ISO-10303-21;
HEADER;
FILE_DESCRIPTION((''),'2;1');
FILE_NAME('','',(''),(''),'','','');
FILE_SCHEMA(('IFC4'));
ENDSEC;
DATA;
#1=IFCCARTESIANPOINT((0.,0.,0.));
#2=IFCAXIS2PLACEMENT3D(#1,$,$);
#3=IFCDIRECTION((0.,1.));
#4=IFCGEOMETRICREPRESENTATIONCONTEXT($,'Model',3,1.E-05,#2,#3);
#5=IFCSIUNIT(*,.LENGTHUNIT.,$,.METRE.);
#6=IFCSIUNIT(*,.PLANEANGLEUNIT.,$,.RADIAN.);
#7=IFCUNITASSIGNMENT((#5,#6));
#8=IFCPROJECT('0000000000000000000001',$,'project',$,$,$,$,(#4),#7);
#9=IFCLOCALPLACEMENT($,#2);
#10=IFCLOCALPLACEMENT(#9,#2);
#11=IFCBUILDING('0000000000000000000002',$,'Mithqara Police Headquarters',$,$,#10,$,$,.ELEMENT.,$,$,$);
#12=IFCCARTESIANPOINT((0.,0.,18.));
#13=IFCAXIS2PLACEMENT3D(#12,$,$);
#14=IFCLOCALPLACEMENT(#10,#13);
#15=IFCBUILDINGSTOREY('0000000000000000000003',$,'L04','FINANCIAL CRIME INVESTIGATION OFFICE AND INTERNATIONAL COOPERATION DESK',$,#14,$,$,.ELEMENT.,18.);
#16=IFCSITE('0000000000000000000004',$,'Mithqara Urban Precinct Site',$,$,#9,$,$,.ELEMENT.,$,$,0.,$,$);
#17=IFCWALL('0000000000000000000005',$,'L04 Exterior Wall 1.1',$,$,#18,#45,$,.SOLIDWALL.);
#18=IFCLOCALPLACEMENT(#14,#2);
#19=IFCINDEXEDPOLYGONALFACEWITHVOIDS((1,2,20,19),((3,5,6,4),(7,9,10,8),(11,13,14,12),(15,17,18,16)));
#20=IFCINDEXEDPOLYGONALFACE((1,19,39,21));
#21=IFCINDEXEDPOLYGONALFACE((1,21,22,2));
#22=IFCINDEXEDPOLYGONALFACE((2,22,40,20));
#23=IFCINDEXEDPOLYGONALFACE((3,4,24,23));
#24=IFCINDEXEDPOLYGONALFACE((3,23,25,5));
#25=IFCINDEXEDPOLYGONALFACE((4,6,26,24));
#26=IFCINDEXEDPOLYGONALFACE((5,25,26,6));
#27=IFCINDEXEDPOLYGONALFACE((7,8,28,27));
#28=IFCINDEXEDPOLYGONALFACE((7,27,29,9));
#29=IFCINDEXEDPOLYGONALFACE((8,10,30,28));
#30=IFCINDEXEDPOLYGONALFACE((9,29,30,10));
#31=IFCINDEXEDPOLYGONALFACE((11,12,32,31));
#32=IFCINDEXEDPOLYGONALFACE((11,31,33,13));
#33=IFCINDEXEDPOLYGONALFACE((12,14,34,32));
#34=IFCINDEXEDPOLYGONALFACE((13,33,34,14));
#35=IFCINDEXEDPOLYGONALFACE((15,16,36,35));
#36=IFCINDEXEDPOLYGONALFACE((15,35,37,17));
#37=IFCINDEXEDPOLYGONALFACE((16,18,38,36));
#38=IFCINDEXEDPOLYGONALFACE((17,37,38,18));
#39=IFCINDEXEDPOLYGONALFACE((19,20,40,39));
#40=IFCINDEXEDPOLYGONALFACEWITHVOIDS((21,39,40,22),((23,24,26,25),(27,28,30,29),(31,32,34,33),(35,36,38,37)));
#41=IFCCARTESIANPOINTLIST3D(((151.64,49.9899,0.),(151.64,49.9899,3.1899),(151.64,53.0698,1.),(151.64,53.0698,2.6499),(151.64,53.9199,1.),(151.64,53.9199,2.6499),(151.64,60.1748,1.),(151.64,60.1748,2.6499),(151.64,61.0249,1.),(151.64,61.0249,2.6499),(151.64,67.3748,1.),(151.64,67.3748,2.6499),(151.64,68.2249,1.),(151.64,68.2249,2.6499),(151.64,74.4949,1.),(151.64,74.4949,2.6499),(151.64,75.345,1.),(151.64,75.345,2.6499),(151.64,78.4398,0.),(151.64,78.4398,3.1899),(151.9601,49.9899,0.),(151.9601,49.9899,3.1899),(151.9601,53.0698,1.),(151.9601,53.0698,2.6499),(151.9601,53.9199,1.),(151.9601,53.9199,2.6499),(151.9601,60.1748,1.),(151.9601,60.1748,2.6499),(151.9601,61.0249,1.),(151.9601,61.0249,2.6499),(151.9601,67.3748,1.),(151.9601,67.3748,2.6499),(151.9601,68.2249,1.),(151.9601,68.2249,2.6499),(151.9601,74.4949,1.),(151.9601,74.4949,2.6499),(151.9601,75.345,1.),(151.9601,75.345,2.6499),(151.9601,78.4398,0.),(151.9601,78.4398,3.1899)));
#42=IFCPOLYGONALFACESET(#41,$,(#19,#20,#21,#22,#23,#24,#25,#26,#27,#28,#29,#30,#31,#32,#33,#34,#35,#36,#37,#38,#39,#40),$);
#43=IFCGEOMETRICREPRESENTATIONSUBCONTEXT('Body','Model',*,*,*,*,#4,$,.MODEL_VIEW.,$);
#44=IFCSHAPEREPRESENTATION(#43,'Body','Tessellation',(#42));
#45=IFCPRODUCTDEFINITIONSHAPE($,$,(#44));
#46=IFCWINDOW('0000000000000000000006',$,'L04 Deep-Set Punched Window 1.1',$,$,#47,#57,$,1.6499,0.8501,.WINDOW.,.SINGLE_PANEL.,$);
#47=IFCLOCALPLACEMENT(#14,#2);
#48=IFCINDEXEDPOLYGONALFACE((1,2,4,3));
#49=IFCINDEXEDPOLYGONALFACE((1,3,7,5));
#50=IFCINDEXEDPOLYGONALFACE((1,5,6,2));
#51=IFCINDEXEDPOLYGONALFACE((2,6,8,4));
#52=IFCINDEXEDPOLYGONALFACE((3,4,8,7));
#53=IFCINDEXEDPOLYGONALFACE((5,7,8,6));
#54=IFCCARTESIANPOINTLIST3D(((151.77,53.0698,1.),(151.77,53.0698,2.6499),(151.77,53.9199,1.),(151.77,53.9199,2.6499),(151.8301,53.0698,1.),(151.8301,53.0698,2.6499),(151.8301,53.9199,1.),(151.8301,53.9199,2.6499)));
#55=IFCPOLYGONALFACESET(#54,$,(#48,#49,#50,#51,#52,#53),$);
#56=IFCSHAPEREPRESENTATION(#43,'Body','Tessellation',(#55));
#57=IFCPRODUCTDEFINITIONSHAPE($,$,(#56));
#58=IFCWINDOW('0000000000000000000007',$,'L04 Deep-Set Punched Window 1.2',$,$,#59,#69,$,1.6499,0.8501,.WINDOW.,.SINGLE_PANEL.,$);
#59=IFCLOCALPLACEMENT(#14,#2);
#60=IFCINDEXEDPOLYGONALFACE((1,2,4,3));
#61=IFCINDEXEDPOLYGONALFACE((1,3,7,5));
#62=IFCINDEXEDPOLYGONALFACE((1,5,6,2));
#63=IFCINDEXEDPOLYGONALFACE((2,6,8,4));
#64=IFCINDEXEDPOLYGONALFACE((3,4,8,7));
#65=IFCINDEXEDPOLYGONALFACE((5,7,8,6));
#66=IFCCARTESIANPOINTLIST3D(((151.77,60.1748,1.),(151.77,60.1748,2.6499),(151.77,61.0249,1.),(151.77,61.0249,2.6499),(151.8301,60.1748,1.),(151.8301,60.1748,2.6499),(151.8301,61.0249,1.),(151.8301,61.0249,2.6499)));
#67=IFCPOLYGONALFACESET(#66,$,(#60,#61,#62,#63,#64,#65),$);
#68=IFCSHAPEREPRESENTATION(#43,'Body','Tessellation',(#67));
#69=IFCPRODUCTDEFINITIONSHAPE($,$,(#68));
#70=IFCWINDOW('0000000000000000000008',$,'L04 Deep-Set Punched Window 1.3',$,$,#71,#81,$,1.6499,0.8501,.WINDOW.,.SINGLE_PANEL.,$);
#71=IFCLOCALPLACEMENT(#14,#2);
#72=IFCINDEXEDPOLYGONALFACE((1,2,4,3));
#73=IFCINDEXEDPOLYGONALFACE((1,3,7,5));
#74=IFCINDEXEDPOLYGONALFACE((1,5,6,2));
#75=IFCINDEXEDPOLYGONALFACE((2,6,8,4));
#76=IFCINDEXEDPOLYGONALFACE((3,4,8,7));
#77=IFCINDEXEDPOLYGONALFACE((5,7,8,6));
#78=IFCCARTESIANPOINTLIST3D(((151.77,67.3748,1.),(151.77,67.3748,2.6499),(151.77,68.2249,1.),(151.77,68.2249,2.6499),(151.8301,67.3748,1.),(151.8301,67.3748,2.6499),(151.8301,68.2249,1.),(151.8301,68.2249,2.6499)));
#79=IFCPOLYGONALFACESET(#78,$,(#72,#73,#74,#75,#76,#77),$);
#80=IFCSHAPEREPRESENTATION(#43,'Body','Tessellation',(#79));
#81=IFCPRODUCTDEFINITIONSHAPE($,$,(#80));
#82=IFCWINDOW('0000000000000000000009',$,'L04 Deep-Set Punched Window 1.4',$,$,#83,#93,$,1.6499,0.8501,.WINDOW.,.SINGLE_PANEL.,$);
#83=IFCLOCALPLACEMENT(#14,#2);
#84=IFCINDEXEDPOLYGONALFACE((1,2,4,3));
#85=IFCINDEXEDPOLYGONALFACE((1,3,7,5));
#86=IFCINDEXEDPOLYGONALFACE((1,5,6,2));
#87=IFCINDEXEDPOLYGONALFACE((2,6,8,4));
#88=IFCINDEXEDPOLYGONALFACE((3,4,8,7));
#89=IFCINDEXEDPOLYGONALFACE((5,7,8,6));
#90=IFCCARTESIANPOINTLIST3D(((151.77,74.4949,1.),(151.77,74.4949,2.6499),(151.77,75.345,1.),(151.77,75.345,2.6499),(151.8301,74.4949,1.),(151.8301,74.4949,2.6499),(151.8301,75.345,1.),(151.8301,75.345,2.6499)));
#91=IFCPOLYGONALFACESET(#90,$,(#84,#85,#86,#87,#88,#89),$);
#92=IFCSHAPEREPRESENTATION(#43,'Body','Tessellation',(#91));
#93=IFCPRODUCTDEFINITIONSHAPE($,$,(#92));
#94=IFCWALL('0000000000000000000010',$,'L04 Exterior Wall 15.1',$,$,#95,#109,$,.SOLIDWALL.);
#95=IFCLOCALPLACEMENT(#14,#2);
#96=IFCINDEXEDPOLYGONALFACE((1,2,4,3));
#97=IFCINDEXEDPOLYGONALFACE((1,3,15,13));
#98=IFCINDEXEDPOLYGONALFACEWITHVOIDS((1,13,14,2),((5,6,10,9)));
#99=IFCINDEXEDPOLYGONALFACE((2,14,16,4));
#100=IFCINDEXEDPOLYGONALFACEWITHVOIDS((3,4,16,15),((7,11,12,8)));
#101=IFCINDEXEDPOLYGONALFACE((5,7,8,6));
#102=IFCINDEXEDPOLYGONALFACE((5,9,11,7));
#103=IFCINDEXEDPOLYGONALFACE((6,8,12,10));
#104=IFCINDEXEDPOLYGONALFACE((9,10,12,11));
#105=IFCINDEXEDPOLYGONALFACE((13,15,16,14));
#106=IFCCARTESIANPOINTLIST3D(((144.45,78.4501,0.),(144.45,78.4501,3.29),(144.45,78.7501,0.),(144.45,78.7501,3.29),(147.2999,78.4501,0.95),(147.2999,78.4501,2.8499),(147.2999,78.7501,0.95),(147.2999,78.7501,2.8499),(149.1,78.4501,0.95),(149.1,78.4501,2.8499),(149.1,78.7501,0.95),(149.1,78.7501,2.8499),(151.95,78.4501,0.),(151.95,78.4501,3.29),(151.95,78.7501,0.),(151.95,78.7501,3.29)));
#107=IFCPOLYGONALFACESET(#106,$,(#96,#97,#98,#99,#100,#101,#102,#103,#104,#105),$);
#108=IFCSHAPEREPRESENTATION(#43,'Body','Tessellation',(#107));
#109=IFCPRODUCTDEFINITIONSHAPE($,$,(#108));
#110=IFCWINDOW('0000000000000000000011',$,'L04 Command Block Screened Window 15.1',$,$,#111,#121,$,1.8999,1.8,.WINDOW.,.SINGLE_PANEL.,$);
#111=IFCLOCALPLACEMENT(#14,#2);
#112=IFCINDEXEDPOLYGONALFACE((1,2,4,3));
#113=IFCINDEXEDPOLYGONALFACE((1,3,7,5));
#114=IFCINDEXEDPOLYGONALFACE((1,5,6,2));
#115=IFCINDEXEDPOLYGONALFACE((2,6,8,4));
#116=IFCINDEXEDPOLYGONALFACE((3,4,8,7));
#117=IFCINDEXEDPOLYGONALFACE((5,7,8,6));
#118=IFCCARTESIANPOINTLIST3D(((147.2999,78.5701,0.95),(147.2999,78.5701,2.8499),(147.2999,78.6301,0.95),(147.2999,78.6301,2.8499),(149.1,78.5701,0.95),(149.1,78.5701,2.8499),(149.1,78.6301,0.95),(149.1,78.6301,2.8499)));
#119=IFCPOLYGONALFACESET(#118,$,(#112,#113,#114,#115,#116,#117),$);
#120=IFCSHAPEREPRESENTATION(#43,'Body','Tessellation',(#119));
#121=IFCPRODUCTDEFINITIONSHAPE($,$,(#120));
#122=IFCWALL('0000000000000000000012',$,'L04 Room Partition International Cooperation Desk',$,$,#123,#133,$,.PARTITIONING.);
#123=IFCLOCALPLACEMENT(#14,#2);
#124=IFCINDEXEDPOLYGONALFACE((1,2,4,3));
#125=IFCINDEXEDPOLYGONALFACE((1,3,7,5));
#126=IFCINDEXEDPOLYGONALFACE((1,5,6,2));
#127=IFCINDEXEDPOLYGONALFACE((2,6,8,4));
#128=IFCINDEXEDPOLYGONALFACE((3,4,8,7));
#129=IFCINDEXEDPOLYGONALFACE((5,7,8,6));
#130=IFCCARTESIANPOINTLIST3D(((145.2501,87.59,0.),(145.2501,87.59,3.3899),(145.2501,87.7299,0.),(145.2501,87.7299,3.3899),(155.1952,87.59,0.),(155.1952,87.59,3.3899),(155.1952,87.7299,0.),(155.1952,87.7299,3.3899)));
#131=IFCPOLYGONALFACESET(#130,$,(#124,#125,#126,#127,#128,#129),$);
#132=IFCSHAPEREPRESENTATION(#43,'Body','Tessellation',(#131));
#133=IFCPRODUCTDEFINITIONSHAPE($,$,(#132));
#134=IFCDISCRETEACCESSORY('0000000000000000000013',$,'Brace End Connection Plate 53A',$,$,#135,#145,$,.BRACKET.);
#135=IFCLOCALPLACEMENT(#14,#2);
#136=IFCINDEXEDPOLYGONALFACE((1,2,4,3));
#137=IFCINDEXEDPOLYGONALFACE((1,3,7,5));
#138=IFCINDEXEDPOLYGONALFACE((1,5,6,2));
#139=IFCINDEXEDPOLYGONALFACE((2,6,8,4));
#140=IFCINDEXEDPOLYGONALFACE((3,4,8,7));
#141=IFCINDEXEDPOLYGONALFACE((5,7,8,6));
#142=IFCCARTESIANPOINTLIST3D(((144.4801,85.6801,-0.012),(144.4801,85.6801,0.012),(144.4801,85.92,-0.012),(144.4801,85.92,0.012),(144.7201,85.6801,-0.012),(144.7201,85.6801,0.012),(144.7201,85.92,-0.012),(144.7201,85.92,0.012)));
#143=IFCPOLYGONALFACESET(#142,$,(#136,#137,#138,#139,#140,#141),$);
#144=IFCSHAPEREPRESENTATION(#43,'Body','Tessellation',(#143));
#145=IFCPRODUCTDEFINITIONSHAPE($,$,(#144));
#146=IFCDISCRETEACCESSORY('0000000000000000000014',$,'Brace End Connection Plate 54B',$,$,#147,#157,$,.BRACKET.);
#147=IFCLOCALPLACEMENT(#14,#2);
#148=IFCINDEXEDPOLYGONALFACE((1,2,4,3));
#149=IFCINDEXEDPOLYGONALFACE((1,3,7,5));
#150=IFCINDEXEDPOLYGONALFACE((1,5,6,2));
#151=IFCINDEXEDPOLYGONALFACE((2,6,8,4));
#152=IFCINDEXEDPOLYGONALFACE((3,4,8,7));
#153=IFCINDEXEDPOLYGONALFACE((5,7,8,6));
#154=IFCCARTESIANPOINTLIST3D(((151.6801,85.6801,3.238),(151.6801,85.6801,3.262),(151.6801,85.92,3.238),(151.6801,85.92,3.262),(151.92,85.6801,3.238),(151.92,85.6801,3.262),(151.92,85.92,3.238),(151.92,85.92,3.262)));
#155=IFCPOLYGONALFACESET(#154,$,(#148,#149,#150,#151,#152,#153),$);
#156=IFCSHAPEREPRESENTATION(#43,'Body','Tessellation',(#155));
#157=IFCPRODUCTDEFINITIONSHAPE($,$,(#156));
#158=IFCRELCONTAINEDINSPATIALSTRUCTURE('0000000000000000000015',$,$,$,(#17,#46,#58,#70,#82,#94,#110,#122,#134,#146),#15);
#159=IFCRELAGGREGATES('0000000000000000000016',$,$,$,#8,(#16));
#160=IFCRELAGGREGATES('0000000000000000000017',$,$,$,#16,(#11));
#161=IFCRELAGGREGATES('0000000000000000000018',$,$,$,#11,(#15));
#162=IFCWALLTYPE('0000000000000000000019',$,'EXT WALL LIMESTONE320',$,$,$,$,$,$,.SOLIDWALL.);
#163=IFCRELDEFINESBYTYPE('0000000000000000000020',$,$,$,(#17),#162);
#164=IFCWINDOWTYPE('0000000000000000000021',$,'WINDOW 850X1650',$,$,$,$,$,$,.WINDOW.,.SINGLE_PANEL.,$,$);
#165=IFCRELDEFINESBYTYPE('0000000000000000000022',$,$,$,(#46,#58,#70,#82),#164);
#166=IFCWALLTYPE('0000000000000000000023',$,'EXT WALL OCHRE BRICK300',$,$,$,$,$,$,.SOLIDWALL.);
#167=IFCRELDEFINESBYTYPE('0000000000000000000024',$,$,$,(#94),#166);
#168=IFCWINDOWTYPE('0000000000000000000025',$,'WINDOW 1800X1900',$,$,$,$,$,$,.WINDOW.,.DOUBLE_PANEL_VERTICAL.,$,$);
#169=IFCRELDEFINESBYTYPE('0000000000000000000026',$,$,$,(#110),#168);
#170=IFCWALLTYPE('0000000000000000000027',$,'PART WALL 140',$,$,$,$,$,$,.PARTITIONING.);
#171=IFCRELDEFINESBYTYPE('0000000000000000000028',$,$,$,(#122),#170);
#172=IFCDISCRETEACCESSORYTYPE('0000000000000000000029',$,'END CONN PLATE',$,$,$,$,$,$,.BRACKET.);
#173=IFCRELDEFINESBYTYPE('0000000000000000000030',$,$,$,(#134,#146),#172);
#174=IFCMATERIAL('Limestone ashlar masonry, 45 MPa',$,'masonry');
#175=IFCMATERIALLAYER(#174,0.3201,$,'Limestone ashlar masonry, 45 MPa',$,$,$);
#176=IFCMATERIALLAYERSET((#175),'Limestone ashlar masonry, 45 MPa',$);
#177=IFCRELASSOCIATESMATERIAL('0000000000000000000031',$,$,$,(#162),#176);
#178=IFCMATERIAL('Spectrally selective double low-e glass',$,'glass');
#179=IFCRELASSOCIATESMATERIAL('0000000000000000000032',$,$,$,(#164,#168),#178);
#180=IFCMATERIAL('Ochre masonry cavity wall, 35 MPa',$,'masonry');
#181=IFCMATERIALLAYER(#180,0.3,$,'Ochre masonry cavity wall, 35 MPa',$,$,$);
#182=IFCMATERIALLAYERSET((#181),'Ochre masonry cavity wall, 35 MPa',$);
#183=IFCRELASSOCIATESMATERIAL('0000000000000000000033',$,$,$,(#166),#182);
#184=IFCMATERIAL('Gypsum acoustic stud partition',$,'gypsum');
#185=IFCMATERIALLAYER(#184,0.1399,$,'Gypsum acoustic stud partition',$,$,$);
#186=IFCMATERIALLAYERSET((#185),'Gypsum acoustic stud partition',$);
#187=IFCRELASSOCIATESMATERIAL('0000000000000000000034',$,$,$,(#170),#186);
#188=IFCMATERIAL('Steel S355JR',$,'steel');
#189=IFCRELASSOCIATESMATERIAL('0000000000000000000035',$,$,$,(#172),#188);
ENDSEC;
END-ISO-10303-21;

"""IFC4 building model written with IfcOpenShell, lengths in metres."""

from ifc_helpers import new_model, si_unit, direction, frame, frame_2d, origin, origin_2d, place, context, subcontext, project, spatial, rectangle, extrude, material, layer, layer_set, type_object, element, fill, save


model = new_model("IFC4")

# Units and contexts
model_context = context("Model", 3, precision=1e-05, world=origin(), true_north=direction((0.0, 1.0)))
body_context = subcontext(model_context, "Body", "Model", "MODEL_VIEW")
ifc_project = project(units=[si_unit("LENGTHUNIT", "METRE"), si_unit("PLANEANGLEUNIT", "RADIAN")], contexts=[model_context])

# Site, building, storey
site_placement = place(None, origin())
site = spatial("IfcSite", under=ifc_project, at=site_placement, Name="Mithqara Urban Precinct Site", CompositionType="ELEMENT", RefElevation=0.0)
building_placement = place(site_placement, origin())
building = spatial("IfcBuilding", under=site, at=building_placement, Name="Mithqara Police Headquarters", CompositionType="ELEMENT")
storey_placement = place(building_placement, frame((0.0, 0.0, 18.0)))
storey = spatial("IfcBuildingStorey", under=building, at=storey_placement, Name="L04", Description="FINANCIAL CRIME INVESTIGATION OFFICE AND INTERNATIONAL COOPERATION DESK", CompositionType="ELEMENT", Elevation=18.0)

# Shared definitions
ifc_material_1 = material(Name="Steel S355JR", Category="steel")

# Wall, openings, windows
ifc_material_2 = material(Name="Limestone ashlar masonry, 45 MPa", Category="masonry")
ifc_layer_1 = layer(ifc_material_2, 0.3201, Name="Limestone ashlar masonry, 45 MPa")
ifc_layer_set_1 = layer_set([ifc_layer_1], Name="Limestone ashlar masonry, 45 MPa")
wall_type_1 = type_object("IfcWallType", Name="EXT WALL LIMESTONE320", PredefinedType="SOLIDWALL", material=ifc_layer_set_1)
wall_1_placement = place(storey_placement, frame((151.8, 78.4399, 0.0), z_axis=(0.0, 0.0, 1.0), x_axis=(0.0, -1.0, 0.0)))
wall_1 = element("IfcWall", 1, at=wall_1_placement, inside=storey, type_object=wall_type_1, Name="L04 Exterior Wall 1.1", PredefinedType="SOLIDWALL", context=body_context, shape_type="SweptSolid", body=[
    extrude(rectangle(XDim=28.45, YDim=0.3201, at=frame_2d((14.2251, 0.0))), origin(), (0.0, 0.0, 1.0), 3.1899),
])
opening_1_placement = place(wall_1_placement, frame((24.52, 0.0, 1.0)))
opening_1 = element("IfcOpeningElement", 2, at=opening_1_placement, cuts=wall_1, PredefinedType="OPENING", context=body_context, shape_type="SweptSolid", body=[
    extrude(rectangle(XDim=0.8501, YDim=1.6499, at=frame_2d((0.425, 0.825))), frame((0.0, 0.1699, 0.0), z_axis=(0.0, -1.0, 0.0), x_axis=(1.0, 0.0, 0.0)), (0.0, 0.0, 1.0), 0.3401),
])
opening_2_placement = place(wall_1_placement, frame((17.415, 0.0, 1.0)))
opening_2 = element("IfcOpeningElement", 3, at=opening_2_placement, cuts=wall_1, PredefinedType="OPENING", context=body_context, shape_type="SweptSolid", body=[
    extrude(rectangle(XDim=0.8501, YDim=1.6499, at=frame_2d((0.425, 0.825))), frame((0.0, 0.1699, 0.0), z_axis=(0.0, -1.0, 0.0), x_axis=(1.0, 0.0, 0.0)), (0.0, 0.0, 1.0), 0.3401),
])
opening_3_placement = place(wall_1_placement, frame((10.2151, 0.0, 1.0)))
opening_3 = element("IfcOpeningElement", 4, at=opening_3_placement, cuts=wall_1, PredefinedType="OPENING", context=body_context, shape_type="SweptSolid", body=[
    extrude(rectangle(XDim=0.8501, YDim=1.6499, at=frame_2d((0.425, 0.825))), frame((0.0, 0.1699, 0.0), z_axis=(0.0, -1.0, 0.0), x_axis=(1.0, 0.0, 0.0)), (0.0, 0.0, 1.0), 0.3401),
])
opening_4_placement = place(wall_1_placement, frame((3.095, 0.0, 1.0)))
opening_4 = element("IfcOpeningElement", 5, at=opening_4_placement, cuts=wall_1, PredefinedType="OPENING", context=body_context, shape_type="SweptSolid", body=[
    extrude(rectangle(XDim=0.8501, YDim=1.6499, at=frame_2d((0.425, 0.825))), frame((0.0, 0.1699, 0.0), z_axis=(0.0, -1.0, 0.0), x_axis=(1.0, 0.0, 0.0)), (0.0, 0.0, 1.0), 0.3401),
])
ifc_material_3 = material(Name="Spectrally selective double low-e glass", Category="glass")
window_type_1 = type_object("IfcWindowType", Name="WINDOW 850X1650", PartitioningType="SINGLE_PANEL", PredefinedType="WINDOW", material=ifc_material_3)
window_1_placement = place(opening_1_placement, origin())
window_1 = element("IfcWindow", 6, at=window_1_placement, inside=storey, type_object=window_type_1, Name="L04 Deep-Set Punched Window 1.1", OverallHeight=1.6499, OverallWidth=0.8501, PartitioningType="SINGLE_PANEL", PredefinedType="WINDOW", context=body_context, shape_type="SweptSolid", body=[
    extrude(rectangle(XDim=0.8501, YDim=1.6499, at=frame_2d((0.425, 0.825))), frame((0.0, 0.03, 0.0), z_axis=(0.0, -1.0, 0.0), x_axis=(1.0, 0.0, 0.0)), (0.0, 0.0, 1.0), 0.0601),
])
fill(opening_1, window_1)
window_2_placement = place(opening_2_placement, origin())
window_2 = element("IfcWindow", 7, at=window_2_placement, inside=storey, type_object=window_type_1, Name="L04 Deep-Set Punched Window 1.2", OverallHeight=1.6499, OverallWidth=0.8501, PartitioningType="SINGLE_PANEL", PredefinedType="WINDOW", context=body_context, shape_type="SweptSolid", body=[
    extrude(rectangle(XDim=0.8501, YDim=1.6499, at=frame_2d((0.425, 0.825))), frame((0.0, 0.03, 0.0), z_axis=(0.0, -1.0, 0.0), x_axis=(1.0, 0.0, 0.0)), (0.0, 0.0, 1.0), 0.0601),
])
fill(opening_2, window_2)
window_3_placement = place(opening_3_placement, origin())
window_3 = element("IfcWindow", 8, at=window_3_placement, inside=storey, type_object=window_type_1, Name="L04 Deep-Set Punched Window 1.3", OverallHeight=1.6499, OverallWidth=0.8501, PartitioningType="SINGLE_PANEL", PredefinedType="WINDOW", context=body_context, shape_type="SweptSolid", body=[
    extrude(rectangle(XDim=0.8501, YDim=1.6499, at=frame_2d((0.425, 0.825))), frame((0.0, 0.03, 0.0), z_axis=(0.0, -1.0, 0.0), x_axis=(1.0, 0.0, 0.0)), (0.0, 0.0, 1.0), 0.0601),
])
fill(opening_3, window_3)
window_4_placement = place(opening_4_placement, origin())
window_4 = element("IfcWindow", 9, at=window_4_placement, inside=storey, type_object=window_type_1, Name="L04 Deep-Set Punched Window 1.4", OverallHeight=1.6499, OverallWidth=0.8501, PartitioningType="SINGLE_PANEL", PredefinedType="WINDOW", context=body_context, shape_type="SweptSolid", body=[
    extrude(rectangle(XDim=0.8501, YDim=1.6499, at=frame_2d((0.425, 0.825))), frame((0.0, 0.03, 0.0), z_axis=(0.0, -1.0, 0.0), x_axis=(1.0, 0.0, 0.0)), (0.0, 0.0, 1.0), 0.0601),
])
fill(opening_4, window_4)

# Wall, opening, window
ifc_material_4 = material(Name="Ochre masonry cavity wall, 35 MPa", Category="masonry")
ifc_layer_2 = layer(ifc_material_4, 0.3, Name="Ochre masonry cavity wall, 35 MPa")
ifc_layer_set_2 = layer_set([ifc_layer_2], Name="Ochre masonry cavity wall, 35 MPa")
wall_type_2 = type_object("IfcWallType", Name="EXT WALL OCHRE BRICK300", PredefinedType="SOLIDWALL", material=ifc_layer_set_2)
wall_2_placement = place(storey_placement, frame((144.45, 78.6001, 0.0), z_axis=(0.0, 0.0, 1.0), x_axis=(1.0, 0.0, 0.0)))
wall_2 = element("IfcWall", 10, at=wall_2_placement, inside=storey, type_object=wall_type_2, Name="L04 Exterior Wall 15.1", PredefinedType="SOLIDWALL", context=body_context, shape_type="SweptSolid", body=[
    extrude(rectangle(XDim=7.5, YDim=0.3, at=frame_2d((3.75, 0.0))), origin(), (0.0, 0.0, 1.0), 3.29),
])
opening_5_placement = place(wall_2_placement, frame((2.8501, 0.0, 0.95)))
opening_5 = element("IfcOpeningElement", 11, at=opening_5_placement, cuts=wall_2, PredefinedType="OPENING", context=body_context, shape_type="SweptSolid", body=[
    extrude(rectangle(XDim=1.8, YDim=1.8999, at=frame_2d((0.8999, 0.95))), frame((0.0, 0.1602, 0.0), z_axis=(0.0, -1.0, 0.0), x_axis=(1.0, 0.0, 0.0)), (0.0, 0.0, 1.0), 0.3201),
])
window_type_2 = type_object("IfcWindowType", Name="WINDOW 1800X1900", PartitioningType="DOUBLE_PANEL_VERTICAL", PredefinedType="WINDOW", material=ifc_material_3)
window_5_placement = place(opening_5_placement, origin())
window_5 = element("IfcWindow", 12, at=window_5_placement, inside=storey, type_object=window_type_2, Name="L04 Command Block Screened Window 15.1", OverallHeight=1.8999, OverallWidth=1.8, PartitioningType="SINGLE_PANEL", PredefinedType="WINDOW", context=body_context, shape_type="SweptSolid", body=[
    extrude(rectangle(XDim=1.8, YDim=1.8999, at=frame_2d((0.8999, 0.95))), frame((0.0, 0.03, 0.0), z_axis=(0.0, -1.0, 0.0), x_axis=(1.0, 0.0, 0.0)), (0.0, 0.0, 1.0), 0.0601),
])
fill(opening_5, window_5)

# Wall
ifc_material_5 = material(Name="Gypsum acoustic stud partition", Category="gypsum")
ifc_layer_3 = layer(ifc_material_5, 0.1399, Name="Gypsum acoustic stud partition")
ifc_layer_set_3 = layer_set([ifc_layer_3], Name="Gypsum acoustic stud partition")
wall_type_3 = type_object("IfcWallType", Name="PART WALL 140", PredefinedType="PARTITIONING", material=ifc_layer_set_3)
wall_3_placement = place(storey_placement, frame((145.25, 87.6599, 0.0), z_axis=(0.0, 0.0, 1.0), x_axis=(1.0, 0.0, 0.0)))
element("IfcWall", 13, at=wall_3_placement, inside=storey, type_object=wall_type_3, Name="L04 Room Partition International Cooperation Desk", PredefinedType="PARTITIONING", context=body_context, shape_type="SweptSolid", body=[
    extrude(rectangle(XDim=9.9451, YDim=0.1399, at=frame_2d((4.9727, 0.0))), origin(), (0.0, 0.0, 1.0), 3.3899),
])

# Discrete accessories
discrete_accessory_type_1 = type_object("IfcDiscreteAccessoryType", Name="END CONN PLATE", PredefinedType="BRACKET", material=ifc_material_1)
for number, where, z_axis, x_axis, name in (
    (14, (144.6001, 85.8, -0.012), (0.0, 0.0, 1.0), (1.0, 0.0, 0.0), "Brace End Connection Plate 53A"),
    (15, (151.8, 85.8, 3.238), (0.0, 0.0, 1.0), (1.0, 0.0, 0.0), "Brace End Connection Plate 54B"),
):
    element("IfcDiscreteAccessory", number, at=place(storey_placement, frame(where, z_axis=z_axis, x_axis=x_axis)), inside=storey, type_object=discrete_accessory_type_1, Name=name, PredefinedType="BRACKET", context=body_context, shape_type="SweptSolid", body=[
        extrude(rectangle(XDim=0.24, YDim=0.24, at=origin_2d()), origin(), (0.0, 0.0, 1.0), 0.0239),
    ])

save(model, "model.ifc")
